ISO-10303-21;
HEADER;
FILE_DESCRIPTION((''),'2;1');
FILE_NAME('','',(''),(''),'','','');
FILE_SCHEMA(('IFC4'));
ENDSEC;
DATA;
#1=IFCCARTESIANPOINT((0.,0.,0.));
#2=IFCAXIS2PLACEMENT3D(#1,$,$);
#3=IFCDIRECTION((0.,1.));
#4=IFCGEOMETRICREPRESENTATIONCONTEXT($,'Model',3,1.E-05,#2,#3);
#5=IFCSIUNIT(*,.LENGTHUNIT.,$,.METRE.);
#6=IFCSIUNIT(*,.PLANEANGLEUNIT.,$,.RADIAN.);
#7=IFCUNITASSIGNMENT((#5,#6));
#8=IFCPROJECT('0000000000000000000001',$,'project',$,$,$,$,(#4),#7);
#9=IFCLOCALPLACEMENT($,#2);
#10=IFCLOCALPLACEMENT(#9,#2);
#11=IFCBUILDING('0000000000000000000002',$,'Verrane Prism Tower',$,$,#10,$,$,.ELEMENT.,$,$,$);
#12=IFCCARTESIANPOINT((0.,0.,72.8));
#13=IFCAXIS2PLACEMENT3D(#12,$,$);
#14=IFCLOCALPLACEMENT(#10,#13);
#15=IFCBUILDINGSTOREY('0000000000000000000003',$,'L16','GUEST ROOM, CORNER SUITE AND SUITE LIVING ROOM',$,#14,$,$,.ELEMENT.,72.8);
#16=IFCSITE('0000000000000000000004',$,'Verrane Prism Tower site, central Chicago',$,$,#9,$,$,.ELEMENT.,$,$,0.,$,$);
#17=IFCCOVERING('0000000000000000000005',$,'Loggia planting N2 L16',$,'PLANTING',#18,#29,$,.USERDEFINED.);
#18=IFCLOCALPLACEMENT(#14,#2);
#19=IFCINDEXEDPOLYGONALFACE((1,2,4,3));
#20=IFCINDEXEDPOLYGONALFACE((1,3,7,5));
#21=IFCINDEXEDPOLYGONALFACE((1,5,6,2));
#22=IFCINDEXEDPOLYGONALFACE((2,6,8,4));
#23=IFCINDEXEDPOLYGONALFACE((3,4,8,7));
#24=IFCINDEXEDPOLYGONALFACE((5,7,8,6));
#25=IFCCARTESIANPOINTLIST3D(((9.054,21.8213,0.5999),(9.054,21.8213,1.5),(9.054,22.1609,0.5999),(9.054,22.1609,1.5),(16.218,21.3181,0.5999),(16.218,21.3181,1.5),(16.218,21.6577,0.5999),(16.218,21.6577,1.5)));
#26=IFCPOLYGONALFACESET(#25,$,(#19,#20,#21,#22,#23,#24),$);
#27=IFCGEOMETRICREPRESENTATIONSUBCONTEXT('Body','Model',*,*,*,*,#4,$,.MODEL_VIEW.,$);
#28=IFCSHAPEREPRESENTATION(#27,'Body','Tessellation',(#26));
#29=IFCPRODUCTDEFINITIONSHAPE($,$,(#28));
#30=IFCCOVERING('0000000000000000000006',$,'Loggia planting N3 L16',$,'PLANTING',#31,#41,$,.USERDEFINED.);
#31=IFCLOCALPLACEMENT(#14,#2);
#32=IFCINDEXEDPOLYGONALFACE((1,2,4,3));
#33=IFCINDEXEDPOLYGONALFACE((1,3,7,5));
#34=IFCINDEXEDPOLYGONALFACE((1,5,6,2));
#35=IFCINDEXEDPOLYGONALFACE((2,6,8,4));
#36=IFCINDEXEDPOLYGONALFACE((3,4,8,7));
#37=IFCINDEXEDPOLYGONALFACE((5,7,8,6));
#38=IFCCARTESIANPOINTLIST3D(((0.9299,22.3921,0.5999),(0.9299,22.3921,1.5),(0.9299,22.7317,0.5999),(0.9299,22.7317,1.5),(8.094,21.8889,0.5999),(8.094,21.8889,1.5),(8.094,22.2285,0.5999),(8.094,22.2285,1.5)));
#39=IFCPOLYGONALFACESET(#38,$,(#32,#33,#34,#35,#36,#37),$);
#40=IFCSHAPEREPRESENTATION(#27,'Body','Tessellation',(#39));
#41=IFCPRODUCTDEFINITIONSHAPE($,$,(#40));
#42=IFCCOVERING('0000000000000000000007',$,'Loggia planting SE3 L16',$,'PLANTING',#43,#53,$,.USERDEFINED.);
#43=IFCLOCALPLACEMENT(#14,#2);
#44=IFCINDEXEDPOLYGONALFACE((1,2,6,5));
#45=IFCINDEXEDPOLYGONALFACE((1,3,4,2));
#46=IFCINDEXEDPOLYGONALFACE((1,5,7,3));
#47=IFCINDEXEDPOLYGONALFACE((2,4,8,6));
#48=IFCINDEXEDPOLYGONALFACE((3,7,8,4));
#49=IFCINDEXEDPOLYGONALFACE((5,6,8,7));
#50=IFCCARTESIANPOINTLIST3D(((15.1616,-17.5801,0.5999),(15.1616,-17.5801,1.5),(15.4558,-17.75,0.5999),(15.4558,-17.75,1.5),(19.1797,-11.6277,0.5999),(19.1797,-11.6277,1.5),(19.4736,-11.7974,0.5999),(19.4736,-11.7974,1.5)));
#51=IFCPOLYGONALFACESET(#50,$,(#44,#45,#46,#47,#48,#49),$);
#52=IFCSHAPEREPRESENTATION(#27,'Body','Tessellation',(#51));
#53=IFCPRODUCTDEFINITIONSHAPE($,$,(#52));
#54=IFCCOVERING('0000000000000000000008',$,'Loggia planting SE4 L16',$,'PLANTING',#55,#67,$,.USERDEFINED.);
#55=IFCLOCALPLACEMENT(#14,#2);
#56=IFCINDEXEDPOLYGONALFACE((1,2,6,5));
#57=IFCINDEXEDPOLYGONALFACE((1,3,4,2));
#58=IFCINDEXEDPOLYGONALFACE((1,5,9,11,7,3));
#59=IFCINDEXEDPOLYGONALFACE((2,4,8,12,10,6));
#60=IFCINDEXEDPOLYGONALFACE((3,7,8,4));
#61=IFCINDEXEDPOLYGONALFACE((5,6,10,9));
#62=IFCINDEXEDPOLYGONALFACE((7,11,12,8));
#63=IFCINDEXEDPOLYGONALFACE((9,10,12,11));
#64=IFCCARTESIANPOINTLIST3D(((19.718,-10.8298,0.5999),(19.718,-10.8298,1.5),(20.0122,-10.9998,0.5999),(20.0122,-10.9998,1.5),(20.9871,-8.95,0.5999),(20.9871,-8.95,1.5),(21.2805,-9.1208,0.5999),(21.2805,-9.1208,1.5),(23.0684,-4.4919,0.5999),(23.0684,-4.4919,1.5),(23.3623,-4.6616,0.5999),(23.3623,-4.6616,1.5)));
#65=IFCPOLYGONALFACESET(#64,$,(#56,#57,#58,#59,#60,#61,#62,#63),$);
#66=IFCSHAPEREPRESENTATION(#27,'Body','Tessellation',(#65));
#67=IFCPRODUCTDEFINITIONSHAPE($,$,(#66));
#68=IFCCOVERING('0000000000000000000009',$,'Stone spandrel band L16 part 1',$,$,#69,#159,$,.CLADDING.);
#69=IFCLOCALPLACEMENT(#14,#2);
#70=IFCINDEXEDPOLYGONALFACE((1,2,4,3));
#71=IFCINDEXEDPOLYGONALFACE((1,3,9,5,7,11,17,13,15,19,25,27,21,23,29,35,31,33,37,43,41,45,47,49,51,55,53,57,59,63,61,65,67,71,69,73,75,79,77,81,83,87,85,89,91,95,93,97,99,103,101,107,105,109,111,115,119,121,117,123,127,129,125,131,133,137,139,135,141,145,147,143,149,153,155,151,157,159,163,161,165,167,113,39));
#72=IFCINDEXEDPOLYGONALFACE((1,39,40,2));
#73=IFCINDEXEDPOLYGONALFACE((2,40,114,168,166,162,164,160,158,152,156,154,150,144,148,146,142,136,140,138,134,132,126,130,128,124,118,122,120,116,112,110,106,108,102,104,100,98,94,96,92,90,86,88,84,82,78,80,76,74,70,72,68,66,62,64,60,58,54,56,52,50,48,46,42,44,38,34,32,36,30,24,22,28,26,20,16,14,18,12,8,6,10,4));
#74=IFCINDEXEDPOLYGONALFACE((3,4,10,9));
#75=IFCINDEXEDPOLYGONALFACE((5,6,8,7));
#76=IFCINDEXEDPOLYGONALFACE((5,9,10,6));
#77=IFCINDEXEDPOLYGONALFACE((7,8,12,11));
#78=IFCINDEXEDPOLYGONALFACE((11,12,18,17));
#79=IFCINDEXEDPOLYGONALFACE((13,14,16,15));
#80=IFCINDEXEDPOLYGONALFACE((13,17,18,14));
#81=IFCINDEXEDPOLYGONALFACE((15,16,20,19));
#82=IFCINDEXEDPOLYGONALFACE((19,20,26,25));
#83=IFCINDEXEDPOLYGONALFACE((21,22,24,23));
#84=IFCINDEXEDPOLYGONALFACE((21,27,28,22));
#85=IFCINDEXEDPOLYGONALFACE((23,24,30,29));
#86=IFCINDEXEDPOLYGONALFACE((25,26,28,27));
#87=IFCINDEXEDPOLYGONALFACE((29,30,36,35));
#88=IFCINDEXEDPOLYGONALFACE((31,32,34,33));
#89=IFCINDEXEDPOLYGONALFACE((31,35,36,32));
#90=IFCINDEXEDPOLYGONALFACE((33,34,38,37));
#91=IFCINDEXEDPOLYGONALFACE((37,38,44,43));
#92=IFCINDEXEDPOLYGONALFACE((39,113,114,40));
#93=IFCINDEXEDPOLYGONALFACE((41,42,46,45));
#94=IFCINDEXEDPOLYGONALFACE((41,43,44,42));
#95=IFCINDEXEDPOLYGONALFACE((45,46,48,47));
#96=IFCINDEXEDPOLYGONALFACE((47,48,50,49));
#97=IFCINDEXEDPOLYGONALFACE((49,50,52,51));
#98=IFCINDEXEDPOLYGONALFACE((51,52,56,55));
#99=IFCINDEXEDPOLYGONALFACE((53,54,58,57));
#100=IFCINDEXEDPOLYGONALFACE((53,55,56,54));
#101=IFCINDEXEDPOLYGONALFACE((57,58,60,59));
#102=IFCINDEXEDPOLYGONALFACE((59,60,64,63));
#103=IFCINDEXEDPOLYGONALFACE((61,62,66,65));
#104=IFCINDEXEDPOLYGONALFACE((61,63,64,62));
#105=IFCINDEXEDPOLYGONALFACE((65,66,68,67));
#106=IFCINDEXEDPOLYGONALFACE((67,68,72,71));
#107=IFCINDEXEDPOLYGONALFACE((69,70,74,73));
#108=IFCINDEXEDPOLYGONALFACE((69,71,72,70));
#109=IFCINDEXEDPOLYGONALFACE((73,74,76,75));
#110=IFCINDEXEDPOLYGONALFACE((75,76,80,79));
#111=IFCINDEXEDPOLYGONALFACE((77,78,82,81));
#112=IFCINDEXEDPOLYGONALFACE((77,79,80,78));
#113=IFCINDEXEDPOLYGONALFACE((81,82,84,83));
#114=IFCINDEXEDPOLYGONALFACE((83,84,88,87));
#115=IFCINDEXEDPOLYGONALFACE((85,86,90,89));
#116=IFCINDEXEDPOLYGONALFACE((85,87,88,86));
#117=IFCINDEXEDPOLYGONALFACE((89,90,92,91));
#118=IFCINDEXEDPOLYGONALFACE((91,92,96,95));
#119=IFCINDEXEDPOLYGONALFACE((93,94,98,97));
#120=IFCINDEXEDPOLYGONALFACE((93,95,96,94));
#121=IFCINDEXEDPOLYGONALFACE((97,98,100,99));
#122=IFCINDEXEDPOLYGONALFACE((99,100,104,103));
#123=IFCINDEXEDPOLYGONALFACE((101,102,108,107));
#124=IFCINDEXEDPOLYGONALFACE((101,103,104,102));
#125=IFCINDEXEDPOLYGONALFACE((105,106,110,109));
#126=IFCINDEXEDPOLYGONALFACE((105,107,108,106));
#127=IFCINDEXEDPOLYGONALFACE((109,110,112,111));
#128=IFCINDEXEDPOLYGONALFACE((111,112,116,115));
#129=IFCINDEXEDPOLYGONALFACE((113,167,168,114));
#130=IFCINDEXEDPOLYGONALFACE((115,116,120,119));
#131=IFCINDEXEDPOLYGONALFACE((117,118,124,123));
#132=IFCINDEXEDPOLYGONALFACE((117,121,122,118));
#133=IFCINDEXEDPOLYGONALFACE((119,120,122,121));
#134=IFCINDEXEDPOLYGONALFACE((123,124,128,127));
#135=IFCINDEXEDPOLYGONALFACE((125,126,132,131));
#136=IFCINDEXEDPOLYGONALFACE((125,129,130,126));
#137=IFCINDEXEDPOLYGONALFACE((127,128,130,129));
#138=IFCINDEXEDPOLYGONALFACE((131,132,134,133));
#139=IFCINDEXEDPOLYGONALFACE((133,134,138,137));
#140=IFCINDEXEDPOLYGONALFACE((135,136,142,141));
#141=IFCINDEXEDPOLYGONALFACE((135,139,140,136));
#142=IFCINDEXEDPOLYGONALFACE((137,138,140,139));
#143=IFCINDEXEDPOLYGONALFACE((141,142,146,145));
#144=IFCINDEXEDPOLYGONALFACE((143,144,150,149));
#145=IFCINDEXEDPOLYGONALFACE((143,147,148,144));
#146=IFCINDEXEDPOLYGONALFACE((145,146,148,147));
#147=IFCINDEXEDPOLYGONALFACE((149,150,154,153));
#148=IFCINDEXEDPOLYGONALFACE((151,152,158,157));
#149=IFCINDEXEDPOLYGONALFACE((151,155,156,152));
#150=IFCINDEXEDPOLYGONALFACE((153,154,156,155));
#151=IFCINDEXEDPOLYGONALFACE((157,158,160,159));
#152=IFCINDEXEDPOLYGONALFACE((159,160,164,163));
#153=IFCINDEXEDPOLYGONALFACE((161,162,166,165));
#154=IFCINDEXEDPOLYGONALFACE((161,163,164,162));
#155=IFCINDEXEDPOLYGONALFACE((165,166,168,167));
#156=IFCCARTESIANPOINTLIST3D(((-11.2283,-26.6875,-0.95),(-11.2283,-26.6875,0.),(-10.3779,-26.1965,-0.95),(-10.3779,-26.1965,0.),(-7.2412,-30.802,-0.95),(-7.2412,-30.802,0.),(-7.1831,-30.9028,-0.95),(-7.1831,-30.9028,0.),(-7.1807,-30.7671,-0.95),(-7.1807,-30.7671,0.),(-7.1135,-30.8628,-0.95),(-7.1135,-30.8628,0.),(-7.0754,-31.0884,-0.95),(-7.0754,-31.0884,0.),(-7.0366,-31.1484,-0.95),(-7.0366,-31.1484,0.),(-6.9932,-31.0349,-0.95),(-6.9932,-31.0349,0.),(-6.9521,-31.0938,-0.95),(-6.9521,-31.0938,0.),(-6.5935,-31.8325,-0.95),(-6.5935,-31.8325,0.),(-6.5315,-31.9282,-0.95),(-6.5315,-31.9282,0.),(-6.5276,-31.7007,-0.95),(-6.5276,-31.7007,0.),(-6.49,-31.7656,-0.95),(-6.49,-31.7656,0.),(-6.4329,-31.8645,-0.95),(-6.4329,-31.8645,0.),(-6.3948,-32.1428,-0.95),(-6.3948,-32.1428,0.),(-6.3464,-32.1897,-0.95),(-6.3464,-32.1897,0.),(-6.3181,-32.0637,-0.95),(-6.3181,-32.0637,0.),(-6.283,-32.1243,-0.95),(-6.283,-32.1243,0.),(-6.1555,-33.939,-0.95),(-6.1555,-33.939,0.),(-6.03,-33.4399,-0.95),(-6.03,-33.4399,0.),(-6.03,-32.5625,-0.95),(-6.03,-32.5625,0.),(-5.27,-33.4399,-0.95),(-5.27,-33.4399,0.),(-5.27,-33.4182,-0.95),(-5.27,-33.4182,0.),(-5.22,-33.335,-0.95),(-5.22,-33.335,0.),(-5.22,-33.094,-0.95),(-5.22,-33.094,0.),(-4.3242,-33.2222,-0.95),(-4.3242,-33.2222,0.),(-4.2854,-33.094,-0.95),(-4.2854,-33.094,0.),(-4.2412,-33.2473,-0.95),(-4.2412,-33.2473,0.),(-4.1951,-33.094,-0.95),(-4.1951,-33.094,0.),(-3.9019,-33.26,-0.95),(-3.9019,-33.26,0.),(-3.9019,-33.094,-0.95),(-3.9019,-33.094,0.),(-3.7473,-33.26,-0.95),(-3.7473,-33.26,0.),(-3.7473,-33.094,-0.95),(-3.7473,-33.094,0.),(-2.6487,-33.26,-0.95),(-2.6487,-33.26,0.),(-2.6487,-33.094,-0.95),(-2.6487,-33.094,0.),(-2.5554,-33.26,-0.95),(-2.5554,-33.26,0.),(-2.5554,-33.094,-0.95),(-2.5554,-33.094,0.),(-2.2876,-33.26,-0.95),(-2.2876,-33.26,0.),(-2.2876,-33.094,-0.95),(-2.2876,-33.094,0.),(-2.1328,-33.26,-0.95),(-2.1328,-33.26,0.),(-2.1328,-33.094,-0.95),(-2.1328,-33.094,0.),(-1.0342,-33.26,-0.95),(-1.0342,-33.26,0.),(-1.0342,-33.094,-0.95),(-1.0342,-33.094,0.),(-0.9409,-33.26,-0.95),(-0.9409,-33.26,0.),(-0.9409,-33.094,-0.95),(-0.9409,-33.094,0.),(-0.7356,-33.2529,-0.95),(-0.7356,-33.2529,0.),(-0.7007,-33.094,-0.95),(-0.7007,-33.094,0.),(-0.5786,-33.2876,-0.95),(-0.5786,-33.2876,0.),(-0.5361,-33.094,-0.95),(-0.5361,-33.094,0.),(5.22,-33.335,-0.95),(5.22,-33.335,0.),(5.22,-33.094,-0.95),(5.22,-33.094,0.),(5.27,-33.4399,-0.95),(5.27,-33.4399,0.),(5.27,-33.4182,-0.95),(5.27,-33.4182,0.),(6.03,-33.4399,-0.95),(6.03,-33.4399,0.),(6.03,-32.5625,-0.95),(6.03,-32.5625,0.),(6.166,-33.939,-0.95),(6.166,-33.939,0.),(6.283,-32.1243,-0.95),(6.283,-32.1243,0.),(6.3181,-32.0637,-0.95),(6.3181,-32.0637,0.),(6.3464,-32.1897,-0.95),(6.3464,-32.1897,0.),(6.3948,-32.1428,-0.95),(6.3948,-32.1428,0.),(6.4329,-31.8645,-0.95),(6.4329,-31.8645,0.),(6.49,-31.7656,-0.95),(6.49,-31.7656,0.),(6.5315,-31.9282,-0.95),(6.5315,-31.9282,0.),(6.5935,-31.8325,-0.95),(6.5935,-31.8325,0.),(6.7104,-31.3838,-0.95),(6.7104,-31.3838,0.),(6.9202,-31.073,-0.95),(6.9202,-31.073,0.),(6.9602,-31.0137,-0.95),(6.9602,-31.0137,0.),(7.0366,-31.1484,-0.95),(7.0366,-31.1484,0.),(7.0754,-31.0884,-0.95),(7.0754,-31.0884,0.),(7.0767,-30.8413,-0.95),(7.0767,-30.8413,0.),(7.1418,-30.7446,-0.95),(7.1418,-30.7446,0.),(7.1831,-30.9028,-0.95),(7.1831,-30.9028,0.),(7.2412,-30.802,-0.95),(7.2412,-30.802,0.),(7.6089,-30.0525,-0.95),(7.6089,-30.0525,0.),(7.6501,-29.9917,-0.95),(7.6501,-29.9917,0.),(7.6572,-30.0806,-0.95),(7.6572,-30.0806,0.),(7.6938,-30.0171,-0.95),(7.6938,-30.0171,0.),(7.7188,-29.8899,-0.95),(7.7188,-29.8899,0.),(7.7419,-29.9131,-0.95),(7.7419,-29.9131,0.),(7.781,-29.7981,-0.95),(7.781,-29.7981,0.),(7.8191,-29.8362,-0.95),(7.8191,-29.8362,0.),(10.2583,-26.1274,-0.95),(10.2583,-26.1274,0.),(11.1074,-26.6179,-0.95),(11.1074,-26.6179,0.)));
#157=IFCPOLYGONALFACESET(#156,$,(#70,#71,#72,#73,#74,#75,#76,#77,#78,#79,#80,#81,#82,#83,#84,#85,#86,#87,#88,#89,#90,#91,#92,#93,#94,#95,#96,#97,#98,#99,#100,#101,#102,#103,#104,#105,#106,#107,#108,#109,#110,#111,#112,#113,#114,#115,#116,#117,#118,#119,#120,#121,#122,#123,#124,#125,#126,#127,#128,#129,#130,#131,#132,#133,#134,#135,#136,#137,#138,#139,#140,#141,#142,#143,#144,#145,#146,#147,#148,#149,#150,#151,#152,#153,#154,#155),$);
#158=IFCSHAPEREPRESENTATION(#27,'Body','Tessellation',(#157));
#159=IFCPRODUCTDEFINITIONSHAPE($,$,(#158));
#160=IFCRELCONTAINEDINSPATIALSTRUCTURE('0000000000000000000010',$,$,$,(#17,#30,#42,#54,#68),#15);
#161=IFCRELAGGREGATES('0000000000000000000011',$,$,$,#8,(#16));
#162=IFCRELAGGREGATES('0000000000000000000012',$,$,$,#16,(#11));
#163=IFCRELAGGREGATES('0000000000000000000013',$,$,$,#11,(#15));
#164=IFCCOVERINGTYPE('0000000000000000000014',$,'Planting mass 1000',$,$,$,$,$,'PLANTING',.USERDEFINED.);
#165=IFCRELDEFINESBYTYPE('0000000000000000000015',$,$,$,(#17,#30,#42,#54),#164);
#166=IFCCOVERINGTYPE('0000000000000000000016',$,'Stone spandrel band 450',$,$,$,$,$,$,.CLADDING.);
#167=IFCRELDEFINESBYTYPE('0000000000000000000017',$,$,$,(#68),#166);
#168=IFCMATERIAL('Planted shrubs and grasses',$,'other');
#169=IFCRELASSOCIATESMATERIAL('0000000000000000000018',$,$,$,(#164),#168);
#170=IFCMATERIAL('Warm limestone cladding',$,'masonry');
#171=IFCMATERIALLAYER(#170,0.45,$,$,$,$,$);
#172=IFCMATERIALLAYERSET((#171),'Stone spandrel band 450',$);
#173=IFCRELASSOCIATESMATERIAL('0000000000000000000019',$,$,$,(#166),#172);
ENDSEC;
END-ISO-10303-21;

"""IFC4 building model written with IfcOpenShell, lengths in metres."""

from ifc_helpers import new_model, si_unit, direction, frame, origin, place, context, subcontext, project, spatial, polyline, outline, extrude, material, layer, layer_set, type_object, element, save


model = new_model("IFC4")

# Units and contexts
model_context = context("Model", 3, precision=1e-05, world=origin(), true_north=direction((0.0, 1.0)))
body_context = subcontext(model_context, "Body", "Model", "MODEL_VIEW")
ifc_project = project(units=[si_unit("LENGTHUNIT", "METRE"), si_unit("PLANEANGLEUNIT", "RADIAN")], contexts=[model_context])

# Site, building, storey
site_placement = place(None, origin())
site = spatial("IfcSite", under=ifc_project, at=site_placement, Name="Verrane Prism Tower site, central Chicago", CompositionType="ELEMENT", RefElevation=0.0)
building_placement = place(site_placement, origin())
building = spatial("IfcBuilding", under=site, at=building_placement, Name="Verrane Prism Tower", CompositionType="ELEMENT")
storey_placement = place(building_placement, frame((0.0, 0.0, 72.8)))
storey = spatial("IfcBuildingStorey", under=building, at=storey_placement, Name="L16", Description="GUEST ROOM, CORNER SUITE AND SUITE LIVING ROOM", CompositionType="ELEMENT", Elevation=72.8)

# Coverings
ifc_material_1 = material(Name="Planted shrubs and grasses", Category="other")
covering_type_1 = type_object("IfcCoveringType", Name="Planting mass 1000", ElementType="PLANTING", PredefinedType="USERDEFINED", material=ifc_material_1)
covering_1_placement = place(storey_placement, frame((0.0, 0.0, 0.5999)))
element("IfcCovering", 1, at=covering_1_placement, inside=storey, type_object=covering_type_1, Name="Loggia planting N2 L16", ObjectType="PLANTING", PredefinedType="USERDEFINED", context=body_context, shape_type="SweptSolid", body=[
    extrude(outline(polyline([(9.054, 22.1609), (9.054, 21.8213), (16.218, 21.3181), (16.218, 21.6577), (9.054, 22.1609)])), origin(), (0.0, 0.0, 1.0), 0.9001),
])
covering_2_placement = place(storey_placement, frame((0.0, 0.0, 0.5999)))
element("IfcCovering", 2, at=covering_2_placement, inside=storey, type_object=covering_type_1, Name="Loggia planting N3 L16", ObjectType="PLANTING", PredefinedType="USERDEFINED", context=body_context, shape_type="SweptSolid", body=[
    extrude(outline(polyline([(0.9299, 22.7317), (0.9299, 22.3921), (8.094, 21.8889), (8.094, 22.2285), (0.9299, 22.7317)])), origin(), (0.0, 0.0, 1.0), 0.9001),
])
covering_3_placement = place(storey_placement, frame((0.0, 0.0, 0.5999)))
element("IfcCovering", 3, at=covering_3_placement, inside=storey, type_object=covering_type_1, Name="Loggia planting SE3 L16", ObjectType="PLANTING", PredefinedType="USERDEFINED", context=body_context, shape_type="SweptSolid", body=[
    extrude(outline(polyline([(19.4736, -11.7974), (19.1797, -11.6277), (15.1616, -17.5801), (15.4558, -17.75), (19.4736, -11.7974)])), origin(), (0.0, 0.0, 1.0), 0.9001),
])
covering_4_placement = place(storey_placement, frame((0.0, 0.0, 0.5999)))
element("IfcCovering", 4, at=covering_4_placement, inside=storey, type_object=covering_type_1, Name="Loggia planting SE4 L16", ObjectType="PLANTING", PredefinedType="USERDEFINED", context=body_context, shape_type="SweptSolid", body=[
    extrude(outline(polyline([(21.2805, -9.1208), (23.3623, -4.6616), (23.0684, -4.4919), (20.9871, -8.95), (19.718, -10.8298), (20.0122, -10.9998), (21.2805, -9.1208)])), origin(), (0.0, 0.0, 1.0), 0.9001),
])
ifc_material_2 = material(Name="Warm limestone cladding", Category="masonry")
ifc_layer_1 = layer(ifc_material_2, 0.45)
ifc_layer_set_1 = layer_set([ifc_layer_1], Name="Stone spandrel band 450")
covering_type_2 = type_object("IfcCoveringType", Name="Stone spandrel band 450", PredefinedType="CLADDING", material=ifc_layer_set_1)
covering_5_placement = place(storey_placement, frame((0.0, 0.0, -0.95)))
element("IfcCovering", 5, at=covering_5_placement, inside=storey, type_object=covering_type_2, Name="Stone spandrel band L16 part 1", PredefinedType="CLADDING", context=body_context, shape_type="SweptSolid", body=[
    extrude(outline(polyline([(6.166, -33.939), (11.1074, -26.6179), (10.2583, -26.1274), (7.781, -29.7981), (7.8191, -29.8362), (7.7419, -29.9131), (7.7188, -29.8899), (7.6501, -29.9917), (7.6938, -30.0171), (7.6572, -30.0806), (7.6089, -30.0525), (7.1418, -30.7446), (7.2412, -30.802), (7.1831, -30.9028), (7.0767, -30.8413), (6.9602, -31.0137), (7.0754, -31.0884), (7.0366, -31.1484), (6.9202, -31.073), (6.7104, -31.3838), (6.49, -31.7656), (6.5935, -31.8325), (6.5315, -31.9282), (6.4329, -31.8645), (6.3181, -32.0637), (6.3948, -32.1428), (6.3464, -32.1897), (6.283, -32.1243), (6.03, -32.5625), (6.03, -33.4399), (5.27, -33.4399), (5.27, -33.4182), (5.22, -33.335), (5.22, -33.094), (-0.5361, -33.094), (-0.5786, -33.2876), (-0.7356, -33.2529), (-0.7007, -33.094), (-0.9409, -33.094), (-0.9409, -33.26), (-1.0342, -33.26), (-1.0342, -33.094), (-2.1328, -33.094), (-2.1328, -33.26), (-2.2876, -33.26), (-2.2876, -33.094), (-2.5554, -33.094), (-2.5554, -33.26), (-2.6487, -33.26), (-2.6487, -33.094), (-3.7473, -33.094), (-3.7473, -33.26), (-3.9019, -33.26), (-3.9019, -33.094), (-4.1951, -33.094), (-4.2412, -33.2473), (-4.3242, -33.2222), (-4.2854, -33.094), (-5.22, -33.094), (-5.22, -33.335), (-5.27, -33.4182), (-5.27, -33.4399), (-6.03, -33.4399), (-6.03, -32.5625), (-6.283, -32.1243), (-6.3464, -32.1897), (-6.3948, -32.1428), (-6.3181, -32.0637), (-6.4329, -31.8645), (-6.5315, -31.9282), (-6.5935, -31.8325), (-6.49, -31.7656), (-6.5276, -31.7007), (-6.9521, -31.0938), (-7.0366, -31.1484), (-7.0754, -31.0884), (-6.9932, -31.0349), (-7.1135, -30.8628), (-7.1831, -30.9028), (-7.2412, -30.802), (-7.1807, -30.7671), (-10.3779, -26.1965), (-11.2283, -26.6875), (-6.1555, -33.939), (6.166, -33.939)])), origin(), (0.0, 0.0, 1.0), 0.95),
])

save(model, "model.ifc")
